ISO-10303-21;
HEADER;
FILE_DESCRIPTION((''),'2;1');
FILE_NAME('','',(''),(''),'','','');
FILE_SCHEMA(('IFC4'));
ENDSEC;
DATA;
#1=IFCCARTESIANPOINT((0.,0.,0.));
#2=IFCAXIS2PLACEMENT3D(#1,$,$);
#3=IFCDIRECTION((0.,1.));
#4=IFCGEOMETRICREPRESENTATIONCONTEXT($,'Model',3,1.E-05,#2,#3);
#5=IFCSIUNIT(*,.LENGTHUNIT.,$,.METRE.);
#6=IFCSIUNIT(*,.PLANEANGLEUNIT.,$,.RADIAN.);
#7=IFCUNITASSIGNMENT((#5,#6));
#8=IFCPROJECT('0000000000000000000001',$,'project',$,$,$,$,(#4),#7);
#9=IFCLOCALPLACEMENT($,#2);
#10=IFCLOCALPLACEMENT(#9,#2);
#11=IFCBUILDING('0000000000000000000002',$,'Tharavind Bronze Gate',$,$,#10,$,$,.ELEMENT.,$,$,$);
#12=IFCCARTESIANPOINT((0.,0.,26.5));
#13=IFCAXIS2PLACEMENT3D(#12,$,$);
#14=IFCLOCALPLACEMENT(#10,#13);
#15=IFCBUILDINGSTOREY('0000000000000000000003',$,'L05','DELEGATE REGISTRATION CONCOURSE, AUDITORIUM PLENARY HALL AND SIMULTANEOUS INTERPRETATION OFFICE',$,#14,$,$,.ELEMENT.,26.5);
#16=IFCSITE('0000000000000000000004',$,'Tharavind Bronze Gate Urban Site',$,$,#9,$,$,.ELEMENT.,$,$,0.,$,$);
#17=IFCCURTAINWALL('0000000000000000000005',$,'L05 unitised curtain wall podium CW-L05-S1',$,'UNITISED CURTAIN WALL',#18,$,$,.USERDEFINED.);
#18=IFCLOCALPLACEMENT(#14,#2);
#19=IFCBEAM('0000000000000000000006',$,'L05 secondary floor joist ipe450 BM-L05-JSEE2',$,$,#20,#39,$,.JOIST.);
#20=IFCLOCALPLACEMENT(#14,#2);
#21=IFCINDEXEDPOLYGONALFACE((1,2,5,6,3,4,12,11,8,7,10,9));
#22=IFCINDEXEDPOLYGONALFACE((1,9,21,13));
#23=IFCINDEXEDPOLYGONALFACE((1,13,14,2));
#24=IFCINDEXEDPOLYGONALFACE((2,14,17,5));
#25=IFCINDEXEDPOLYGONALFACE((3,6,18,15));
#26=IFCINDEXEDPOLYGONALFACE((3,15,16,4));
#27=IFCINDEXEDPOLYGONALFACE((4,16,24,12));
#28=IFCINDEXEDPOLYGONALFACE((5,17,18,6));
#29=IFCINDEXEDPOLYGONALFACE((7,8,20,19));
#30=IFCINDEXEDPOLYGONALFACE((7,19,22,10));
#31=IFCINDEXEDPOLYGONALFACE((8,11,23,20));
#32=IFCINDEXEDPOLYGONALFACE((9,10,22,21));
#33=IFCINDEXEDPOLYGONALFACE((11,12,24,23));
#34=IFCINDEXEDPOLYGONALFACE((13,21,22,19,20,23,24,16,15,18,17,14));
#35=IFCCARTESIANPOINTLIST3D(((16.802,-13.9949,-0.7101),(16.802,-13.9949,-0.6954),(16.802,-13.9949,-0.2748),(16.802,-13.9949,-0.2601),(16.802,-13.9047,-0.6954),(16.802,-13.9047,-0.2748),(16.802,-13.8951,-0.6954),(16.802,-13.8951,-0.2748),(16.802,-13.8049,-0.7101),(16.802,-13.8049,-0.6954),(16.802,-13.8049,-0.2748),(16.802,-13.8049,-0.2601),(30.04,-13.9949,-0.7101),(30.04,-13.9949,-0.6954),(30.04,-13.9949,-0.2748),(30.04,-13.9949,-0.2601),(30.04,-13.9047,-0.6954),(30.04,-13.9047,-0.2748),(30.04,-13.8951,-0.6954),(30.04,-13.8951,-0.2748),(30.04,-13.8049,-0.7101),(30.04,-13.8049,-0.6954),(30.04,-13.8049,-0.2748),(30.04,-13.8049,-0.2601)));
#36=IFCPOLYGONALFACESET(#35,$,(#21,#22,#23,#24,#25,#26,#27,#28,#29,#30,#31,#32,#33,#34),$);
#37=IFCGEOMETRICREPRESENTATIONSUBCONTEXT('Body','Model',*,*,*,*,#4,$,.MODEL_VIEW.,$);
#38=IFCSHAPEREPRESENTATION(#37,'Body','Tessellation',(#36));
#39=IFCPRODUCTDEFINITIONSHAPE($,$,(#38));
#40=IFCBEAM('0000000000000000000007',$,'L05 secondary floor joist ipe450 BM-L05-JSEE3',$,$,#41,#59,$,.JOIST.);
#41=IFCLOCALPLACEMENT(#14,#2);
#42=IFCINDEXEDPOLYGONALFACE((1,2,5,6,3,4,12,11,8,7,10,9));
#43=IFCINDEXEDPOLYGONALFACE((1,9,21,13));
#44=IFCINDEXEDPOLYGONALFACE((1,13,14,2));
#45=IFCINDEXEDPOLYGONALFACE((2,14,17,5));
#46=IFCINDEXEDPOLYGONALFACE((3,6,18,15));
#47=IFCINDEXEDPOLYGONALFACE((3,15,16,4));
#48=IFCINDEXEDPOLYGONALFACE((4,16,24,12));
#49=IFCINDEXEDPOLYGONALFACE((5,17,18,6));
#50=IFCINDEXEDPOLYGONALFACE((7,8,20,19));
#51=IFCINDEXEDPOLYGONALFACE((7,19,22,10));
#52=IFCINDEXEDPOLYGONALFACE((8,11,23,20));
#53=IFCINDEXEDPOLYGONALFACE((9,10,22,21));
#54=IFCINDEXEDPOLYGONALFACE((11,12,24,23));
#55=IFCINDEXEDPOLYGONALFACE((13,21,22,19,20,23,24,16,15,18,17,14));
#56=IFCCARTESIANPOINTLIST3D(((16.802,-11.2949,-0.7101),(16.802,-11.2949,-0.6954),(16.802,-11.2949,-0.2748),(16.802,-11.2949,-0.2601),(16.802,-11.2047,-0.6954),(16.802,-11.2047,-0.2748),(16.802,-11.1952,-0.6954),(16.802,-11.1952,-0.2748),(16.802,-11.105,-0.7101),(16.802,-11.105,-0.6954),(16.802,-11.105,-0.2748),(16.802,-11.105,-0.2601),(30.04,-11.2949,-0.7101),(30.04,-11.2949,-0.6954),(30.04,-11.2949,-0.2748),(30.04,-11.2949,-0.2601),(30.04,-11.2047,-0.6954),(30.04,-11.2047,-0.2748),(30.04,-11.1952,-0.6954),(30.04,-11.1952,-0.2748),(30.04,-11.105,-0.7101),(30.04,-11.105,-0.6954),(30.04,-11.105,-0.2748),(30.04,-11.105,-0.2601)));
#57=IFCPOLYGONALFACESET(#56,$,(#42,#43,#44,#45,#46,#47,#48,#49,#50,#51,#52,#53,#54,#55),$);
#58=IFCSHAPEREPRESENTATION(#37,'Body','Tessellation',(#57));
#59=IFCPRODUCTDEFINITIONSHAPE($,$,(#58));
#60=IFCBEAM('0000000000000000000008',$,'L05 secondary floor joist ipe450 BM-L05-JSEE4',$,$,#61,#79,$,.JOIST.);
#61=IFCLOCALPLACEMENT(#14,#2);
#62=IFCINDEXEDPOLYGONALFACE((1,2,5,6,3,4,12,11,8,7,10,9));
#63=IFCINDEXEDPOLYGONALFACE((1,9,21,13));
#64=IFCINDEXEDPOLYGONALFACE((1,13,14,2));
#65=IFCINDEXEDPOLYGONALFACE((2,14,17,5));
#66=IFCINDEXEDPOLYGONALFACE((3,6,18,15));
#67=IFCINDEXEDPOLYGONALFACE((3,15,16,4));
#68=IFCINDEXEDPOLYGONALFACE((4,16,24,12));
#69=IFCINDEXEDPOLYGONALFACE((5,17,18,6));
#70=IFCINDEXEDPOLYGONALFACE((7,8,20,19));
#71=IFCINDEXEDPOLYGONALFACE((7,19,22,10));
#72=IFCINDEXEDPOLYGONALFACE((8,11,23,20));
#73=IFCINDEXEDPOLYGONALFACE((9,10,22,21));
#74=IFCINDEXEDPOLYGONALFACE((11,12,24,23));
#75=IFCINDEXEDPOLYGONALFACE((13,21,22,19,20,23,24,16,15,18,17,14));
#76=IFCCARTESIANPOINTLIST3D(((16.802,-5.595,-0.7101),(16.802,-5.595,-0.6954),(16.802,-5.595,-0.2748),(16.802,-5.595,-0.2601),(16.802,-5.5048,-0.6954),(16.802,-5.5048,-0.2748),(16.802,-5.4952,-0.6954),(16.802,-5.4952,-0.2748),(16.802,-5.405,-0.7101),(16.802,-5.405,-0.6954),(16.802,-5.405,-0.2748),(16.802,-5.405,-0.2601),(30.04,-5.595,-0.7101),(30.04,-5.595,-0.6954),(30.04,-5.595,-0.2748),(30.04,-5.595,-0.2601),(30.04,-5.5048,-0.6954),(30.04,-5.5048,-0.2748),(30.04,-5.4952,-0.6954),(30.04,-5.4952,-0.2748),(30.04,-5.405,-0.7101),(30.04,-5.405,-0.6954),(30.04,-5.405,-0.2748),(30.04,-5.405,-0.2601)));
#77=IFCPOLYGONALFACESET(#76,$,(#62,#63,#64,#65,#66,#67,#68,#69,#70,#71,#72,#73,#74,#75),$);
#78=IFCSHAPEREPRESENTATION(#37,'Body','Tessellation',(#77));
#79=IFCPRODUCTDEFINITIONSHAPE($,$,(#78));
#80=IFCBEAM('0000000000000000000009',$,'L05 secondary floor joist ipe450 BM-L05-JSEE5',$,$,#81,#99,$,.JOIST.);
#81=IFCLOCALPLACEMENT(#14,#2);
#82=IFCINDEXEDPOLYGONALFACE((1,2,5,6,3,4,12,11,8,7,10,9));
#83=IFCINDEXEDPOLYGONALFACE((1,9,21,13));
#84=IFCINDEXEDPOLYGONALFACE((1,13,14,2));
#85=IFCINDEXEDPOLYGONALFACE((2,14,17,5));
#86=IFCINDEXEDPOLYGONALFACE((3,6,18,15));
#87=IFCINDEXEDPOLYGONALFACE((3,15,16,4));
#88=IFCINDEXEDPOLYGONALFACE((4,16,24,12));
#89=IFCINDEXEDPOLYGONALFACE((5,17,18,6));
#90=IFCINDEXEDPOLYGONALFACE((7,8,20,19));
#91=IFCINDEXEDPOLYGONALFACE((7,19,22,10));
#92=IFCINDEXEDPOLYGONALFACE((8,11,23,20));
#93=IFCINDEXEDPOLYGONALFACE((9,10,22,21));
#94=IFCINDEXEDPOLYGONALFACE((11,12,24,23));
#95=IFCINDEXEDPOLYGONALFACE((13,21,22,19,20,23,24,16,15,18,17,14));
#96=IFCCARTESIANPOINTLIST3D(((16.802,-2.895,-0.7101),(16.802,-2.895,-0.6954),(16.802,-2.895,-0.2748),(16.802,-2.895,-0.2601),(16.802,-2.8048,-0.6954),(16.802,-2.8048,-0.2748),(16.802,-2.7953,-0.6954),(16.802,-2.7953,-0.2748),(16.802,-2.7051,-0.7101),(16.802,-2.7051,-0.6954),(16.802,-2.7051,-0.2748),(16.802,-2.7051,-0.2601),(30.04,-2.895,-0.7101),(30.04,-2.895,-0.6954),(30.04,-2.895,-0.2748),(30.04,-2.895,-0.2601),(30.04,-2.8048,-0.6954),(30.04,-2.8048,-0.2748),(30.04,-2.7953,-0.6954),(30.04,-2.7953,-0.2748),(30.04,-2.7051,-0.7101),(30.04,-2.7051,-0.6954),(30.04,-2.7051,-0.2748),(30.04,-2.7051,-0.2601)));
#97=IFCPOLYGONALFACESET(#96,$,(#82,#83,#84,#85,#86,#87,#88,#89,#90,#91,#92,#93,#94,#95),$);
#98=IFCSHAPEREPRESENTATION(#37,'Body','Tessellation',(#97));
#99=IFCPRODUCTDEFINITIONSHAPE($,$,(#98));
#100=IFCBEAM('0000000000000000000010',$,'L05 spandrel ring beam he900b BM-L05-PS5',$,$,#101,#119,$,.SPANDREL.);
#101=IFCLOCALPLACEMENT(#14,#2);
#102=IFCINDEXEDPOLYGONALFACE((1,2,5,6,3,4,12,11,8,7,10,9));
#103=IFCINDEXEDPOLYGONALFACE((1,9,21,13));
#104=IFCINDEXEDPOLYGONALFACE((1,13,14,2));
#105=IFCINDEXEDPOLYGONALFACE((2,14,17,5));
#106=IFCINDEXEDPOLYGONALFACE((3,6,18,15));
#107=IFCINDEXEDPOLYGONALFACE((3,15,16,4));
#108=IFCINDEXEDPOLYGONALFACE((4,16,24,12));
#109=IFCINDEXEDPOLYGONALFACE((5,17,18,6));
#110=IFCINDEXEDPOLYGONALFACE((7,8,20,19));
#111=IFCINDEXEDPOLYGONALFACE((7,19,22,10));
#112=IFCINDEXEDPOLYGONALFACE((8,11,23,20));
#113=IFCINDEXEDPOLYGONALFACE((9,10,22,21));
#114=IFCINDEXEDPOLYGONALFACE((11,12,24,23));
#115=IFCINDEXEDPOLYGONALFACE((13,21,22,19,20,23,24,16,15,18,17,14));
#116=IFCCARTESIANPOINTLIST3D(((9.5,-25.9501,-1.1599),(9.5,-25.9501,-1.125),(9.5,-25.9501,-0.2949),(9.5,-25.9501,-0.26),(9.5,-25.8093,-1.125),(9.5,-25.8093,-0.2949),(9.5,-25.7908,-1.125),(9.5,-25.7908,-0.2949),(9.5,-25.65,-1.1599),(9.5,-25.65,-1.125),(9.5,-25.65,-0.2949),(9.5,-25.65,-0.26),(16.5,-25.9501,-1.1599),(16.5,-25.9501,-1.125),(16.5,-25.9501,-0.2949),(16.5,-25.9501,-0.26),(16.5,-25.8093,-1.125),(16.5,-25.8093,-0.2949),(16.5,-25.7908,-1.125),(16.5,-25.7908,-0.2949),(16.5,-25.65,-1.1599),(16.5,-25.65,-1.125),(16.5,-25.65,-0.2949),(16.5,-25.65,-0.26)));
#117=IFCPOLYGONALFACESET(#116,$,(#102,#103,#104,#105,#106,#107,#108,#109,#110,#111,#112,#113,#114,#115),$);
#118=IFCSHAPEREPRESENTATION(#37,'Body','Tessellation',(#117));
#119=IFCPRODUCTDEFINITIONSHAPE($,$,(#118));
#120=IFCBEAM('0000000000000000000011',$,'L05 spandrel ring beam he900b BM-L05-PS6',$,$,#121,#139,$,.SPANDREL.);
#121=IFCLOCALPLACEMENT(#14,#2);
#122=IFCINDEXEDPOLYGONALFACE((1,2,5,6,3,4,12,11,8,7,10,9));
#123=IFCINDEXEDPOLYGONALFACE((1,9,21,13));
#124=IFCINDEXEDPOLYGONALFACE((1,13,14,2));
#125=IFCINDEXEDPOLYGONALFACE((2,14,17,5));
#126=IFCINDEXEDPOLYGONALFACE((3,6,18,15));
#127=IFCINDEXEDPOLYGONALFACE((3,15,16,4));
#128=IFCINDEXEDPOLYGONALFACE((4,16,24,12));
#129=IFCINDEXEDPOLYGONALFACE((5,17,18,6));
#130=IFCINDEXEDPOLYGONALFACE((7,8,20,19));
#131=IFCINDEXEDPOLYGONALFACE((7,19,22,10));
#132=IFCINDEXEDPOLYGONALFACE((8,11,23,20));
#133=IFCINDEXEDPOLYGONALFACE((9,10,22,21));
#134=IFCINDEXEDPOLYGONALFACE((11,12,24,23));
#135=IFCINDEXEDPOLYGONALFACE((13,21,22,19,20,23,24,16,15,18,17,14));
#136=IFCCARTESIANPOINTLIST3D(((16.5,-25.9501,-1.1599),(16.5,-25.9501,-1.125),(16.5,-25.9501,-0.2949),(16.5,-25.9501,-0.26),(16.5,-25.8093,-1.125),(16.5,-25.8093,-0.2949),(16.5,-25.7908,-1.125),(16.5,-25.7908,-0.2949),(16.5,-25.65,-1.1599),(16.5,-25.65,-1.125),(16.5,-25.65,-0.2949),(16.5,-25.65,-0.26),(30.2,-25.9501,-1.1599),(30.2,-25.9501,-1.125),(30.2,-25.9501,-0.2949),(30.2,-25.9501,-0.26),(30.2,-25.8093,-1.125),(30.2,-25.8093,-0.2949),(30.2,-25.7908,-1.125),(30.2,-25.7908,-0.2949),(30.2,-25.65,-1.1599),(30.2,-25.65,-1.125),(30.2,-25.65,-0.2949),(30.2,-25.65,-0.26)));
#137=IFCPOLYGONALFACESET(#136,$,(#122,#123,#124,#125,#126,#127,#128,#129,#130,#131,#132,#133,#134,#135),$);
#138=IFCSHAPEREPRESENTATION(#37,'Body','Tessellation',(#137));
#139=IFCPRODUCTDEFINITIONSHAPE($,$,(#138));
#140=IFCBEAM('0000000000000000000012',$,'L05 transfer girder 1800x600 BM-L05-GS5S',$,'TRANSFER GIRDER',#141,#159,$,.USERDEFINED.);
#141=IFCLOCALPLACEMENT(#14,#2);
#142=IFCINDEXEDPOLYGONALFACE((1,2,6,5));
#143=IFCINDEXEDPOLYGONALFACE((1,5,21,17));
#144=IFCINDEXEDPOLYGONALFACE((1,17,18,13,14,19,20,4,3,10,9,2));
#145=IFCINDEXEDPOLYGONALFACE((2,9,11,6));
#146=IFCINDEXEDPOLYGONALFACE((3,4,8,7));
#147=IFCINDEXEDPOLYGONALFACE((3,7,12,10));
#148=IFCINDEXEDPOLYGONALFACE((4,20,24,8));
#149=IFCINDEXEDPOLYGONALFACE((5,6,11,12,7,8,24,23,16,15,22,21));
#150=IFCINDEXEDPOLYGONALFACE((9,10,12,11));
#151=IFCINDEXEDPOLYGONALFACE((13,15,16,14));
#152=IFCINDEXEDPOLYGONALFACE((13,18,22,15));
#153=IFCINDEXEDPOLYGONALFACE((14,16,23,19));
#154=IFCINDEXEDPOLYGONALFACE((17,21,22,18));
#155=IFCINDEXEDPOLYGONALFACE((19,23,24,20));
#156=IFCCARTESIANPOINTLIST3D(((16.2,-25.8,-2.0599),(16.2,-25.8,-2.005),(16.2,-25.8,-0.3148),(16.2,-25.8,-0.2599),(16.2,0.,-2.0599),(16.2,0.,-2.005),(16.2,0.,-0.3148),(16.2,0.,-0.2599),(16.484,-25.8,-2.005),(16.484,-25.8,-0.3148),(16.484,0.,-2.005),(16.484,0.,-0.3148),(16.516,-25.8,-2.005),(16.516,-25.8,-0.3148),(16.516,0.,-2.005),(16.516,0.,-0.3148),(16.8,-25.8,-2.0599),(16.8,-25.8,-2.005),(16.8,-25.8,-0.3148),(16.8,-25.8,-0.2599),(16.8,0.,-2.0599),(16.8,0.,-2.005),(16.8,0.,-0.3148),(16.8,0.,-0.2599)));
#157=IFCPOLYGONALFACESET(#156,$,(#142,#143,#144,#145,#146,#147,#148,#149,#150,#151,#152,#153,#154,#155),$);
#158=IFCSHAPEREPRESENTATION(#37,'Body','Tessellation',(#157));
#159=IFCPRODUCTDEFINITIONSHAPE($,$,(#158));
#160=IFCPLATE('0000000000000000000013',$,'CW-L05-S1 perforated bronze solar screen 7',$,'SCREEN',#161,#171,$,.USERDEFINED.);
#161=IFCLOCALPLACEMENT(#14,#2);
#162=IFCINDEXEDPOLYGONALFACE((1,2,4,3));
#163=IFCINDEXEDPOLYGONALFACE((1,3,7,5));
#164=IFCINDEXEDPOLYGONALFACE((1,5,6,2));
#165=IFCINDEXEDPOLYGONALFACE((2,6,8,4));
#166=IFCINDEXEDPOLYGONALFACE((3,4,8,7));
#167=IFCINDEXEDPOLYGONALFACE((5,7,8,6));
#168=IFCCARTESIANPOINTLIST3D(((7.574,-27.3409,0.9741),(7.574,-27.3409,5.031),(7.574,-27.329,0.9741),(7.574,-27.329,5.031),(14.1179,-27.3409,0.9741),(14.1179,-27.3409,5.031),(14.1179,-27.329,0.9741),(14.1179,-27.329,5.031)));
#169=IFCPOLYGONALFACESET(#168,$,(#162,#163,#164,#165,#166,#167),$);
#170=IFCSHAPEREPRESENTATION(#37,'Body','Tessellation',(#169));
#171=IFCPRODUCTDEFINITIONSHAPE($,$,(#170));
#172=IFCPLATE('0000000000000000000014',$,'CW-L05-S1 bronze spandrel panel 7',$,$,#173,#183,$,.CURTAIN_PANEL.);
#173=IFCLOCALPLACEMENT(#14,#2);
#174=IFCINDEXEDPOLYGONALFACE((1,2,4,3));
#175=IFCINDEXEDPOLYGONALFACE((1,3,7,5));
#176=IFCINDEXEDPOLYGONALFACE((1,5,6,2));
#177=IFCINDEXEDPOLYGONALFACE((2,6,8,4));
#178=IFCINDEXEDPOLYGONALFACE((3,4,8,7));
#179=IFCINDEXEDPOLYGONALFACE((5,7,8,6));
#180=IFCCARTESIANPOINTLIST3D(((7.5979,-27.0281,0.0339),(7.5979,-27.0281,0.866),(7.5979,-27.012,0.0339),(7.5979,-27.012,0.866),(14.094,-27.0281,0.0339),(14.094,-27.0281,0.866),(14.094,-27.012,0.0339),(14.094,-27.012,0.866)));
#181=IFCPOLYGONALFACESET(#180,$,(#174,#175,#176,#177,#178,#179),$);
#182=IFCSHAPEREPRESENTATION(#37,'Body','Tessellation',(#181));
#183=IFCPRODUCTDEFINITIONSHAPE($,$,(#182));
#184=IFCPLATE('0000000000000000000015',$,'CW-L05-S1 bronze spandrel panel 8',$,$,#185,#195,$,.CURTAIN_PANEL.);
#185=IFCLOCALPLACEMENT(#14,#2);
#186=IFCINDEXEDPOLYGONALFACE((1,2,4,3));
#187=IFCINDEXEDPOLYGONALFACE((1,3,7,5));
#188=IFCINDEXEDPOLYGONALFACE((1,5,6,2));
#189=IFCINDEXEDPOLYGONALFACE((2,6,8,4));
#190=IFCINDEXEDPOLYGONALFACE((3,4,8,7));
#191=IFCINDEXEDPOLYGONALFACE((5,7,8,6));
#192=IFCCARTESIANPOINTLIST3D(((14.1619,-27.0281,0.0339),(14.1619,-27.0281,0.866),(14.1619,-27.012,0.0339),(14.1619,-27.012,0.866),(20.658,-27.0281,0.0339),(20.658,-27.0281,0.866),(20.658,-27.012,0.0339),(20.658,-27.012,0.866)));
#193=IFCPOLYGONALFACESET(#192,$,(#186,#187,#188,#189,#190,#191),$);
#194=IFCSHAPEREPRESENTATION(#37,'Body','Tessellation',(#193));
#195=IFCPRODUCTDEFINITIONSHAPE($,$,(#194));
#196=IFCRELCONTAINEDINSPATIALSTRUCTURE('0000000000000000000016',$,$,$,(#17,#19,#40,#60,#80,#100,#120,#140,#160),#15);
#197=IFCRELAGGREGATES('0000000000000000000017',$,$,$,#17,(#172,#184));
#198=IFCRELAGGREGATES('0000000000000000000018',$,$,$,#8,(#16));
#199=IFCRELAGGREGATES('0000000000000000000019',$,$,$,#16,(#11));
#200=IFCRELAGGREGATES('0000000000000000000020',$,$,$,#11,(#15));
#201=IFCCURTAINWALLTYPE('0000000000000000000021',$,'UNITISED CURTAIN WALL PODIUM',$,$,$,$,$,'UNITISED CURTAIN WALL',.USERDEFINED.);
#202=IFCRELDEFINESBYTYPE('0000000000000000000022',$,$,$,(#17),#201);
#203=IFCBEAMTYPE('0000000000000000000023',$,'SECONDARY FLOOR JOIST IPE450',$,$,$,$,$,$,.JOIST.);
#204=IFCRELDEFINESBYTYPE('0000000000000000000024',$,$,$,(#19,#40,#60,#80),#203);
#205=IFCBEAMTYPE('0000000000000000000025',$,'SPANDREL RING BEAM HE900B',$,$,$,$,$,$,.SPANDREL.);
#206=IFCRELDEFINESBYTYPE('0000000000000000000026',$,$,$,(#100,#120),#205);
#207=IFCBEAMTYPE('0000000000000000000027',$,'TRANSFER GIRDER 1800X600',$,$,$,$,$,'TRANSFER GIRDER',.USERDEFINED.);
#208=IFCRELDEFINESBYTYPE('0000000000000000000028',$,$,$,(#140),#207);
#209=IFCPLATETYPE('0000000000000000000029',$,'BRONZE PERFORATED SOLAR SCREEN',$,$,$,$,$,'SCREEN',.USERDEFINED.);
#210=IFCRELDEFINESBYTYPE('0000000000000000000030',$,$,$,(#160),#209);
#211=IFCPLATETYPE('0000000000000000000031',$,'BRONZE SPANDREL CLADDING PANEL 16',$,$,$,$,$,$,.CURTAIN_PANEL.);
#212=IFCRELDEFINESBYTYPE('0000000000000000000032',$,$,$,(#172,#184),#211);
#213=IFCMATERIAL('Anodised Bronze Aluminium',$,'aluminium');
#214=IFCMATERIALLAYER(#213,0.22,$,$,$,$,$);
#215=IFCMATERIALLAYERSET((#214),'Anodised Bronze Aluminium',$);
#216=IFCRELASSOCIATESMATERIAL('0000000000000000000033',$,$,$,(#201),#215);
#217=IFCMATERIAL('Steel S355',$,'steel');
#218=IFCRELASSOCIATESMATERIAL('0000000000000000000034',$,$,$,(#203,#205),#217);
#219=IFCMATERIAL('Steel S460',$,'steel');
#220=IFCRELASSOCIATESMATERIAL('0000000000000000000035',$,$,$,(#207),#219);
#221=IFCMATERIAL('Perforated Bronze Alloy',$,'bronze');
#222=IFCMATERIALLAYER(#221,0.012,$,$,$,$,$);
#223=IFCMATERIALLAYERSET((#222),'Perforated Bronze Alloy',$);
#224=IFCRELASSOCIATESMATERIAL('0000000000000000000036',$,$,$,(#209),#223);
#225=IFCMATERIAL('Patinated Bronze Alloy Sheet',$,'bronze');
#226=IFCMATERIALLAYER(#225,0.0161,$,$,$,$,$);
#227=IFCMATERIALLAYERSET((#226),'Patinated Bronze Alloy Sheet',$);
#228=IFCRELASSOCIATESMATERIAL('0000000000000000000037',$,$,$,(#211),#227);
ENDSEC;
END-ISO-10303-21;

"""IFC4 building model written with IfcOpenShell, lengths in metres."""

from ifc_helpers import new_model, si_unit, direction, frame, origin, origin_2d, place, context, subcontext, project, spatial, rectangle, i_section, extrude, material, layer, layer_set, material_profile, profile_set, type_object, element, aggregate, save


model = new_model("IFC4")

# Units and contexts
model_context = context("Model", 3, precision=1e-05, world=origin(), true_north=direction((0.0, 1.0)))
body_context = subcontext(model_context, "Body", "Model", "MODEL_VIEW")
ifc_project = project(units=[si_unit("LENGTHUNIT", "METRE"), si_unit("PLANEANGLEUNIT", "RADIAN")], contexts=[model_context])

# Site, building, storey
site_placement = place(None, origin())
site = spatial("IfcSite", under=ifc_project, at=site_placement, Name="Tharavind Bronze Gate Urban Site", CompositionType="ELEMENT", RefElevation=0.0)
building_placement = place(site_placement, origin())
building = spatial("IfcBuilding", under=site, at=building_placement, Name="Tharavind Bronze Gate", CompositionType="ELEMENT")
storey_placement = place(building_placement, frame((0.0, 0.0, 26.5)))
storey = spatial("IfcBuildingStorey", under=building, at=storey_placement, Name="L05", Description="DELEGATE REGISTRATION CONCOURSE, AUDITORIUM PLENARY HALL AND SIMULTANEOUS INTERPRETATION OFFICE", CompositionType="ELEMENT", Elevation=26.5)

# Shared definitions
ifc_material_1 = material(Name="Steel S460", Category="steel")

# Curtain wall
ifc_material_2 = material(Name="Anodised Bronze Aluminium", Category="aluminium")
ifc_layer_1 = layer(ifc_material_2, 0.22)
ifc_layer_set_1 = layer_set([ifc_layer_1], Name="Anodised Bronze Aluminium")
curtain_wall_type = type_object("IfcCurtainWallType", Name="UNITISED CURTAIN WALL PODIUM", ElementType="UNITISED CURTAIN WALL", PredefinedType="USERDEFINED", material=ifc_layer_set_1)
curtain_wall_placement = place(storey_placement, origin())
curtain_wall = element("IfcCurtainWall", 1, at=curtain_wall_placement, inside=storey, type_object=curtain_wall_type, Name="L05 unitised curtain wall podium CW-L05-S1", ObjectType="UNITISED CURTAIN WALL", PredefinedType="USERDEFINED")

# Beams
ifc_material_3 = material(Name="Steel S355", Category="steel")
ifc_material_profile_1 = material_profile(ifc_material_3, i_section(OverallWidth=0.1899, OverallDepth=0.45, WebThickness=0.0095, FlangeThickness=0.0146, at=origin_2d()), Name="IPE450")
ifc_profile_set_1 = profile_set([ifc_material_profile_1], Name="Steel S355")
beam_type_1 = type_object("IfcBeamType", Name="SECONDARY FLOOR JOIST IPE450", PredefinedType="JOIST", material=ifc_profile_set_1)
for number, where, z_axis, x_axis, name in (
    (2, (16.802, -13.8999, -0.4851), (1.0, 0.0, 0.0), (0.0, 1.0, 0.0), "L05 secondary floor joist ipe450 BM-L05-JSEE2"),
    (3, (16.802, -11.2, -0.4851), (1.0, 0.0, 0.0), (0.0, 1.0, 0.0), "L05 secondary floor joist ipe450 BM-L05-JSEE3"),
    (4, (16.802, -5.5, -0.4851), (1.0, 0.0, 0.0), (0.0, 1.0, 0.0), "L05 secondary floor joist ipe450 BM-L05-JSEE4"),
    (5, (16.802, -2.8, -0.4851), (1.0, 0.0, 0.0), (0.0, 1.0, 0.0), "L05 secondary floor joist ipe450 BM-L05-JSEE5"),
):
    element("IfcBeam", number, at=place(storey_placement, frame(where, z_axis=z_axis, x_axis=x_axis)), inside=storey, type_object=beam_type_1, Name=name, PredefinedType="JOIST", context=body_context, shape_type="SweptSolid", body=[
        extrude(i_section(OverallWidth=0.1899, OverallDepth=0.45, WebThickness=0.0095, FlangeThickness=0.0146, at=origin_2d()), origin(), (0.0, 0.0, 1.0), 13.238),
    ])
ifc_material_profile_2 = material_profile(ifc_material_3, i_section(OverallWidth=0.3, OverallDepth=0.8999, WebThickness=0.0186, FlangeThickness=0.0349, at=origin_2d()), Name="HE900B")
ifc_profile_set_2 = profile_set([ifc_material_profile_2], Name="Steel S355")
beam_type_2 = type_object("IfcBeamType", Name="SPANDREL RING BEAM HE900B", PredefinedType="SPANDREL", material=ifc_profile_set_2)
beam_1_placement = place(storey_placement, frame((9.5, -25.8, -0.71), z_axis=(1.0, 0.0, 0.0), x_axis=(0.0, 1.0, 0.0)))
element("IfcBeam", 6, at=beam_1_placement, inside=storey, type_object=beam_type_2, Name="L05 spandrel ring beam he900b BM-L05-PS5", PredefinedType="SPANDREL", context=body_context, shape_type="SweptSolid", body=[
    extrude(i_section(OverallWidth=0.3, OverallDepth=0.8999, WebThickness=0.0186, FlangeThickness=0.0349, at=origin_2d()), origin(), (0.0, 0.0, 1.0), 7.0),
])
beam_2_placement = place(storey_placement, frame((16.5, -25.8, -0.71), z_axis=(1.0, 0.0, 0.0), x_axis=(0.0, 1.0, 0.0)))
element("IfcBeam", 7, at=beam_2_placement, inside=storey, type_object=beam_type_2, Name="L05 spandrel ring beam he900b BM-L05-PS6", PredefinedType="SPANDREL", context=body_context, shape_type="SweptSolid", body=[
    extrude(i_section(OverallWidth=0.3, OverallDepth=0.8999, WebThickness=0.0186, FlangeThickness=0.0349, at=origin_2d()), origin(), (0.0, 0.0, 1.0), 13.7),
])
ifc_material_profile_3 = material_profile(ifc_material_1, i_section(OverallWidth=0.6001, OverallDepth=1.8, WebThickness=0.032, FlangeThickness=0.0549, at=origin_2d()), Name="PG1800X600")
ifc_profile_set_3 = profile_set([ifc_material_profile_3], Name="Steel S460")
beam_type_3 = type_object("IfcBeamType", Name="TRANSFER GIRDER 1800X600", ElementType="TRANSFER GIRDER", PredefinedType="USERDEFINED", material=ifc_profile_set_3)
beam_3_placement = place(storey_placement, frame((16.5, -25.8, -1.1599), z_axis=(0.0, 1.0, 0.0), x_axis=(-1.0, 0.0, 0.0)))
element("IfcBeam", 8, at=beam_3_placement, inside=storey, type_object=beam_type_3, Name="L05 transfer girder 1800x600 BM-L05-GS5S", ObjectType="TRANSFER GIRDER", PredefinedType="USERDEFINED", context=body_context, shape_type="SweptSolid", body=[
    extrude(i_section(OverallWidth=0.6001, OverallDepth=1.8, WebThickness=0.032, FlangeThickness=0.0549, at=origin_2d()), origin(), (0.0, 0.0, 1.0), 25.8),
])

# Plates
ifc_material_4 = material(Name="Perforated Bronze Alloy", Category="bronze")
ifc_layer_2 = layer(ifc_material_4, 0.012)
ifc_layer_set_2 = layer_set([ifc_layer_2], Name="Perforated Bronze Alloy")
plate_type_1 = type_object("IfcPlateType", Name="BRONZE PERFORATED SOLAR SCREEN", ElementType="SCREEN", PredefinedType="USERDEFINED", material=ifc_layer_set_2)
plate_1_placement = place(storey_placement, frame((10.8459, -27.335, 0.9741), z_axis=(0.0, 0.0, 1.0), x_axis=(1.0, 0.0, 0.0)))
element("IfcPlate", 9, at=plate_1_placement, inside=storey, type_object=plate_type_1, Name="CW-L05-S1 perforated bronze solar screen 7", ObjectType="SCREEN", PredefinedType="USERDEFINED", context=body_context, shape_type="SweptSolid", body=[
    extrude(rectangle(XDim=6.5439, YDim=0.012, at=origin_2d()), origin(), (0.0, 0.0, 1.0), 4.0569),
])
ifc_material_5 = material(Name="Patinated Bronze Alloy Sheet", Category="bronze")
ifc_layer_3 = layer(ifc_material_5, 0.0161)
ifc_layer_set_3 = layer_set([ifc_layer_3], Name="Patinated Bronze Alloy Sheet")
plate_type_2 = type_object("IfcPlateType", Name="BRONZE SPANDREL CLADDING PANEL 16", PredefinedType="CURTAIN_PANEL", material=ifc_layer_set_3)
plate_2_placement = place(storey_placement, frame((10.8459, -27.02, 0.0339), z_axis=(0.0, 0.0, 1.0), x_axis=(1.0, 0.0, 0.0)))
plate_2 = element("IfcPlate", 10, at=plate_2_placement, type_object=plate_type_2, Name="CW-L05-S1 bronze spandrel panel 7", PredefinedType="CURTAIN_PANEL", context=body_context, shape_type="SweptSolid", body=[
    extrude(rectangle(XDim=6.4961, YDim=0.0161, at=origin_2d()), origin(), (0.0, 0.0, 1.0), 0.832),
])
plate_3_placement = place(storey_placement, frame((17.4099, -27.02, 0.0339), z_axis=(0.0, 0.0, 1.0), x_axis=(1.0, 0.0, 0.0)))
plate_3 = element("IfcPlate", 11, at=plate_3_placement, type_object=plate_type_2, Name="CW-L05-S1 bronze spandrel panel 8", PredefinedType="CURTAIN_PANEL", context=body_context, shape_type="SweptSolid", body=[
    extrude(rectangle(XDim=6.4961, YDim=0.0161, at=origin_2d()), origin(), (0.0, 0.0, 1.0), 0.832),
])
aggregate(curtain_wall, [plate_2, plate_3])

save(model, "model.ifc")
